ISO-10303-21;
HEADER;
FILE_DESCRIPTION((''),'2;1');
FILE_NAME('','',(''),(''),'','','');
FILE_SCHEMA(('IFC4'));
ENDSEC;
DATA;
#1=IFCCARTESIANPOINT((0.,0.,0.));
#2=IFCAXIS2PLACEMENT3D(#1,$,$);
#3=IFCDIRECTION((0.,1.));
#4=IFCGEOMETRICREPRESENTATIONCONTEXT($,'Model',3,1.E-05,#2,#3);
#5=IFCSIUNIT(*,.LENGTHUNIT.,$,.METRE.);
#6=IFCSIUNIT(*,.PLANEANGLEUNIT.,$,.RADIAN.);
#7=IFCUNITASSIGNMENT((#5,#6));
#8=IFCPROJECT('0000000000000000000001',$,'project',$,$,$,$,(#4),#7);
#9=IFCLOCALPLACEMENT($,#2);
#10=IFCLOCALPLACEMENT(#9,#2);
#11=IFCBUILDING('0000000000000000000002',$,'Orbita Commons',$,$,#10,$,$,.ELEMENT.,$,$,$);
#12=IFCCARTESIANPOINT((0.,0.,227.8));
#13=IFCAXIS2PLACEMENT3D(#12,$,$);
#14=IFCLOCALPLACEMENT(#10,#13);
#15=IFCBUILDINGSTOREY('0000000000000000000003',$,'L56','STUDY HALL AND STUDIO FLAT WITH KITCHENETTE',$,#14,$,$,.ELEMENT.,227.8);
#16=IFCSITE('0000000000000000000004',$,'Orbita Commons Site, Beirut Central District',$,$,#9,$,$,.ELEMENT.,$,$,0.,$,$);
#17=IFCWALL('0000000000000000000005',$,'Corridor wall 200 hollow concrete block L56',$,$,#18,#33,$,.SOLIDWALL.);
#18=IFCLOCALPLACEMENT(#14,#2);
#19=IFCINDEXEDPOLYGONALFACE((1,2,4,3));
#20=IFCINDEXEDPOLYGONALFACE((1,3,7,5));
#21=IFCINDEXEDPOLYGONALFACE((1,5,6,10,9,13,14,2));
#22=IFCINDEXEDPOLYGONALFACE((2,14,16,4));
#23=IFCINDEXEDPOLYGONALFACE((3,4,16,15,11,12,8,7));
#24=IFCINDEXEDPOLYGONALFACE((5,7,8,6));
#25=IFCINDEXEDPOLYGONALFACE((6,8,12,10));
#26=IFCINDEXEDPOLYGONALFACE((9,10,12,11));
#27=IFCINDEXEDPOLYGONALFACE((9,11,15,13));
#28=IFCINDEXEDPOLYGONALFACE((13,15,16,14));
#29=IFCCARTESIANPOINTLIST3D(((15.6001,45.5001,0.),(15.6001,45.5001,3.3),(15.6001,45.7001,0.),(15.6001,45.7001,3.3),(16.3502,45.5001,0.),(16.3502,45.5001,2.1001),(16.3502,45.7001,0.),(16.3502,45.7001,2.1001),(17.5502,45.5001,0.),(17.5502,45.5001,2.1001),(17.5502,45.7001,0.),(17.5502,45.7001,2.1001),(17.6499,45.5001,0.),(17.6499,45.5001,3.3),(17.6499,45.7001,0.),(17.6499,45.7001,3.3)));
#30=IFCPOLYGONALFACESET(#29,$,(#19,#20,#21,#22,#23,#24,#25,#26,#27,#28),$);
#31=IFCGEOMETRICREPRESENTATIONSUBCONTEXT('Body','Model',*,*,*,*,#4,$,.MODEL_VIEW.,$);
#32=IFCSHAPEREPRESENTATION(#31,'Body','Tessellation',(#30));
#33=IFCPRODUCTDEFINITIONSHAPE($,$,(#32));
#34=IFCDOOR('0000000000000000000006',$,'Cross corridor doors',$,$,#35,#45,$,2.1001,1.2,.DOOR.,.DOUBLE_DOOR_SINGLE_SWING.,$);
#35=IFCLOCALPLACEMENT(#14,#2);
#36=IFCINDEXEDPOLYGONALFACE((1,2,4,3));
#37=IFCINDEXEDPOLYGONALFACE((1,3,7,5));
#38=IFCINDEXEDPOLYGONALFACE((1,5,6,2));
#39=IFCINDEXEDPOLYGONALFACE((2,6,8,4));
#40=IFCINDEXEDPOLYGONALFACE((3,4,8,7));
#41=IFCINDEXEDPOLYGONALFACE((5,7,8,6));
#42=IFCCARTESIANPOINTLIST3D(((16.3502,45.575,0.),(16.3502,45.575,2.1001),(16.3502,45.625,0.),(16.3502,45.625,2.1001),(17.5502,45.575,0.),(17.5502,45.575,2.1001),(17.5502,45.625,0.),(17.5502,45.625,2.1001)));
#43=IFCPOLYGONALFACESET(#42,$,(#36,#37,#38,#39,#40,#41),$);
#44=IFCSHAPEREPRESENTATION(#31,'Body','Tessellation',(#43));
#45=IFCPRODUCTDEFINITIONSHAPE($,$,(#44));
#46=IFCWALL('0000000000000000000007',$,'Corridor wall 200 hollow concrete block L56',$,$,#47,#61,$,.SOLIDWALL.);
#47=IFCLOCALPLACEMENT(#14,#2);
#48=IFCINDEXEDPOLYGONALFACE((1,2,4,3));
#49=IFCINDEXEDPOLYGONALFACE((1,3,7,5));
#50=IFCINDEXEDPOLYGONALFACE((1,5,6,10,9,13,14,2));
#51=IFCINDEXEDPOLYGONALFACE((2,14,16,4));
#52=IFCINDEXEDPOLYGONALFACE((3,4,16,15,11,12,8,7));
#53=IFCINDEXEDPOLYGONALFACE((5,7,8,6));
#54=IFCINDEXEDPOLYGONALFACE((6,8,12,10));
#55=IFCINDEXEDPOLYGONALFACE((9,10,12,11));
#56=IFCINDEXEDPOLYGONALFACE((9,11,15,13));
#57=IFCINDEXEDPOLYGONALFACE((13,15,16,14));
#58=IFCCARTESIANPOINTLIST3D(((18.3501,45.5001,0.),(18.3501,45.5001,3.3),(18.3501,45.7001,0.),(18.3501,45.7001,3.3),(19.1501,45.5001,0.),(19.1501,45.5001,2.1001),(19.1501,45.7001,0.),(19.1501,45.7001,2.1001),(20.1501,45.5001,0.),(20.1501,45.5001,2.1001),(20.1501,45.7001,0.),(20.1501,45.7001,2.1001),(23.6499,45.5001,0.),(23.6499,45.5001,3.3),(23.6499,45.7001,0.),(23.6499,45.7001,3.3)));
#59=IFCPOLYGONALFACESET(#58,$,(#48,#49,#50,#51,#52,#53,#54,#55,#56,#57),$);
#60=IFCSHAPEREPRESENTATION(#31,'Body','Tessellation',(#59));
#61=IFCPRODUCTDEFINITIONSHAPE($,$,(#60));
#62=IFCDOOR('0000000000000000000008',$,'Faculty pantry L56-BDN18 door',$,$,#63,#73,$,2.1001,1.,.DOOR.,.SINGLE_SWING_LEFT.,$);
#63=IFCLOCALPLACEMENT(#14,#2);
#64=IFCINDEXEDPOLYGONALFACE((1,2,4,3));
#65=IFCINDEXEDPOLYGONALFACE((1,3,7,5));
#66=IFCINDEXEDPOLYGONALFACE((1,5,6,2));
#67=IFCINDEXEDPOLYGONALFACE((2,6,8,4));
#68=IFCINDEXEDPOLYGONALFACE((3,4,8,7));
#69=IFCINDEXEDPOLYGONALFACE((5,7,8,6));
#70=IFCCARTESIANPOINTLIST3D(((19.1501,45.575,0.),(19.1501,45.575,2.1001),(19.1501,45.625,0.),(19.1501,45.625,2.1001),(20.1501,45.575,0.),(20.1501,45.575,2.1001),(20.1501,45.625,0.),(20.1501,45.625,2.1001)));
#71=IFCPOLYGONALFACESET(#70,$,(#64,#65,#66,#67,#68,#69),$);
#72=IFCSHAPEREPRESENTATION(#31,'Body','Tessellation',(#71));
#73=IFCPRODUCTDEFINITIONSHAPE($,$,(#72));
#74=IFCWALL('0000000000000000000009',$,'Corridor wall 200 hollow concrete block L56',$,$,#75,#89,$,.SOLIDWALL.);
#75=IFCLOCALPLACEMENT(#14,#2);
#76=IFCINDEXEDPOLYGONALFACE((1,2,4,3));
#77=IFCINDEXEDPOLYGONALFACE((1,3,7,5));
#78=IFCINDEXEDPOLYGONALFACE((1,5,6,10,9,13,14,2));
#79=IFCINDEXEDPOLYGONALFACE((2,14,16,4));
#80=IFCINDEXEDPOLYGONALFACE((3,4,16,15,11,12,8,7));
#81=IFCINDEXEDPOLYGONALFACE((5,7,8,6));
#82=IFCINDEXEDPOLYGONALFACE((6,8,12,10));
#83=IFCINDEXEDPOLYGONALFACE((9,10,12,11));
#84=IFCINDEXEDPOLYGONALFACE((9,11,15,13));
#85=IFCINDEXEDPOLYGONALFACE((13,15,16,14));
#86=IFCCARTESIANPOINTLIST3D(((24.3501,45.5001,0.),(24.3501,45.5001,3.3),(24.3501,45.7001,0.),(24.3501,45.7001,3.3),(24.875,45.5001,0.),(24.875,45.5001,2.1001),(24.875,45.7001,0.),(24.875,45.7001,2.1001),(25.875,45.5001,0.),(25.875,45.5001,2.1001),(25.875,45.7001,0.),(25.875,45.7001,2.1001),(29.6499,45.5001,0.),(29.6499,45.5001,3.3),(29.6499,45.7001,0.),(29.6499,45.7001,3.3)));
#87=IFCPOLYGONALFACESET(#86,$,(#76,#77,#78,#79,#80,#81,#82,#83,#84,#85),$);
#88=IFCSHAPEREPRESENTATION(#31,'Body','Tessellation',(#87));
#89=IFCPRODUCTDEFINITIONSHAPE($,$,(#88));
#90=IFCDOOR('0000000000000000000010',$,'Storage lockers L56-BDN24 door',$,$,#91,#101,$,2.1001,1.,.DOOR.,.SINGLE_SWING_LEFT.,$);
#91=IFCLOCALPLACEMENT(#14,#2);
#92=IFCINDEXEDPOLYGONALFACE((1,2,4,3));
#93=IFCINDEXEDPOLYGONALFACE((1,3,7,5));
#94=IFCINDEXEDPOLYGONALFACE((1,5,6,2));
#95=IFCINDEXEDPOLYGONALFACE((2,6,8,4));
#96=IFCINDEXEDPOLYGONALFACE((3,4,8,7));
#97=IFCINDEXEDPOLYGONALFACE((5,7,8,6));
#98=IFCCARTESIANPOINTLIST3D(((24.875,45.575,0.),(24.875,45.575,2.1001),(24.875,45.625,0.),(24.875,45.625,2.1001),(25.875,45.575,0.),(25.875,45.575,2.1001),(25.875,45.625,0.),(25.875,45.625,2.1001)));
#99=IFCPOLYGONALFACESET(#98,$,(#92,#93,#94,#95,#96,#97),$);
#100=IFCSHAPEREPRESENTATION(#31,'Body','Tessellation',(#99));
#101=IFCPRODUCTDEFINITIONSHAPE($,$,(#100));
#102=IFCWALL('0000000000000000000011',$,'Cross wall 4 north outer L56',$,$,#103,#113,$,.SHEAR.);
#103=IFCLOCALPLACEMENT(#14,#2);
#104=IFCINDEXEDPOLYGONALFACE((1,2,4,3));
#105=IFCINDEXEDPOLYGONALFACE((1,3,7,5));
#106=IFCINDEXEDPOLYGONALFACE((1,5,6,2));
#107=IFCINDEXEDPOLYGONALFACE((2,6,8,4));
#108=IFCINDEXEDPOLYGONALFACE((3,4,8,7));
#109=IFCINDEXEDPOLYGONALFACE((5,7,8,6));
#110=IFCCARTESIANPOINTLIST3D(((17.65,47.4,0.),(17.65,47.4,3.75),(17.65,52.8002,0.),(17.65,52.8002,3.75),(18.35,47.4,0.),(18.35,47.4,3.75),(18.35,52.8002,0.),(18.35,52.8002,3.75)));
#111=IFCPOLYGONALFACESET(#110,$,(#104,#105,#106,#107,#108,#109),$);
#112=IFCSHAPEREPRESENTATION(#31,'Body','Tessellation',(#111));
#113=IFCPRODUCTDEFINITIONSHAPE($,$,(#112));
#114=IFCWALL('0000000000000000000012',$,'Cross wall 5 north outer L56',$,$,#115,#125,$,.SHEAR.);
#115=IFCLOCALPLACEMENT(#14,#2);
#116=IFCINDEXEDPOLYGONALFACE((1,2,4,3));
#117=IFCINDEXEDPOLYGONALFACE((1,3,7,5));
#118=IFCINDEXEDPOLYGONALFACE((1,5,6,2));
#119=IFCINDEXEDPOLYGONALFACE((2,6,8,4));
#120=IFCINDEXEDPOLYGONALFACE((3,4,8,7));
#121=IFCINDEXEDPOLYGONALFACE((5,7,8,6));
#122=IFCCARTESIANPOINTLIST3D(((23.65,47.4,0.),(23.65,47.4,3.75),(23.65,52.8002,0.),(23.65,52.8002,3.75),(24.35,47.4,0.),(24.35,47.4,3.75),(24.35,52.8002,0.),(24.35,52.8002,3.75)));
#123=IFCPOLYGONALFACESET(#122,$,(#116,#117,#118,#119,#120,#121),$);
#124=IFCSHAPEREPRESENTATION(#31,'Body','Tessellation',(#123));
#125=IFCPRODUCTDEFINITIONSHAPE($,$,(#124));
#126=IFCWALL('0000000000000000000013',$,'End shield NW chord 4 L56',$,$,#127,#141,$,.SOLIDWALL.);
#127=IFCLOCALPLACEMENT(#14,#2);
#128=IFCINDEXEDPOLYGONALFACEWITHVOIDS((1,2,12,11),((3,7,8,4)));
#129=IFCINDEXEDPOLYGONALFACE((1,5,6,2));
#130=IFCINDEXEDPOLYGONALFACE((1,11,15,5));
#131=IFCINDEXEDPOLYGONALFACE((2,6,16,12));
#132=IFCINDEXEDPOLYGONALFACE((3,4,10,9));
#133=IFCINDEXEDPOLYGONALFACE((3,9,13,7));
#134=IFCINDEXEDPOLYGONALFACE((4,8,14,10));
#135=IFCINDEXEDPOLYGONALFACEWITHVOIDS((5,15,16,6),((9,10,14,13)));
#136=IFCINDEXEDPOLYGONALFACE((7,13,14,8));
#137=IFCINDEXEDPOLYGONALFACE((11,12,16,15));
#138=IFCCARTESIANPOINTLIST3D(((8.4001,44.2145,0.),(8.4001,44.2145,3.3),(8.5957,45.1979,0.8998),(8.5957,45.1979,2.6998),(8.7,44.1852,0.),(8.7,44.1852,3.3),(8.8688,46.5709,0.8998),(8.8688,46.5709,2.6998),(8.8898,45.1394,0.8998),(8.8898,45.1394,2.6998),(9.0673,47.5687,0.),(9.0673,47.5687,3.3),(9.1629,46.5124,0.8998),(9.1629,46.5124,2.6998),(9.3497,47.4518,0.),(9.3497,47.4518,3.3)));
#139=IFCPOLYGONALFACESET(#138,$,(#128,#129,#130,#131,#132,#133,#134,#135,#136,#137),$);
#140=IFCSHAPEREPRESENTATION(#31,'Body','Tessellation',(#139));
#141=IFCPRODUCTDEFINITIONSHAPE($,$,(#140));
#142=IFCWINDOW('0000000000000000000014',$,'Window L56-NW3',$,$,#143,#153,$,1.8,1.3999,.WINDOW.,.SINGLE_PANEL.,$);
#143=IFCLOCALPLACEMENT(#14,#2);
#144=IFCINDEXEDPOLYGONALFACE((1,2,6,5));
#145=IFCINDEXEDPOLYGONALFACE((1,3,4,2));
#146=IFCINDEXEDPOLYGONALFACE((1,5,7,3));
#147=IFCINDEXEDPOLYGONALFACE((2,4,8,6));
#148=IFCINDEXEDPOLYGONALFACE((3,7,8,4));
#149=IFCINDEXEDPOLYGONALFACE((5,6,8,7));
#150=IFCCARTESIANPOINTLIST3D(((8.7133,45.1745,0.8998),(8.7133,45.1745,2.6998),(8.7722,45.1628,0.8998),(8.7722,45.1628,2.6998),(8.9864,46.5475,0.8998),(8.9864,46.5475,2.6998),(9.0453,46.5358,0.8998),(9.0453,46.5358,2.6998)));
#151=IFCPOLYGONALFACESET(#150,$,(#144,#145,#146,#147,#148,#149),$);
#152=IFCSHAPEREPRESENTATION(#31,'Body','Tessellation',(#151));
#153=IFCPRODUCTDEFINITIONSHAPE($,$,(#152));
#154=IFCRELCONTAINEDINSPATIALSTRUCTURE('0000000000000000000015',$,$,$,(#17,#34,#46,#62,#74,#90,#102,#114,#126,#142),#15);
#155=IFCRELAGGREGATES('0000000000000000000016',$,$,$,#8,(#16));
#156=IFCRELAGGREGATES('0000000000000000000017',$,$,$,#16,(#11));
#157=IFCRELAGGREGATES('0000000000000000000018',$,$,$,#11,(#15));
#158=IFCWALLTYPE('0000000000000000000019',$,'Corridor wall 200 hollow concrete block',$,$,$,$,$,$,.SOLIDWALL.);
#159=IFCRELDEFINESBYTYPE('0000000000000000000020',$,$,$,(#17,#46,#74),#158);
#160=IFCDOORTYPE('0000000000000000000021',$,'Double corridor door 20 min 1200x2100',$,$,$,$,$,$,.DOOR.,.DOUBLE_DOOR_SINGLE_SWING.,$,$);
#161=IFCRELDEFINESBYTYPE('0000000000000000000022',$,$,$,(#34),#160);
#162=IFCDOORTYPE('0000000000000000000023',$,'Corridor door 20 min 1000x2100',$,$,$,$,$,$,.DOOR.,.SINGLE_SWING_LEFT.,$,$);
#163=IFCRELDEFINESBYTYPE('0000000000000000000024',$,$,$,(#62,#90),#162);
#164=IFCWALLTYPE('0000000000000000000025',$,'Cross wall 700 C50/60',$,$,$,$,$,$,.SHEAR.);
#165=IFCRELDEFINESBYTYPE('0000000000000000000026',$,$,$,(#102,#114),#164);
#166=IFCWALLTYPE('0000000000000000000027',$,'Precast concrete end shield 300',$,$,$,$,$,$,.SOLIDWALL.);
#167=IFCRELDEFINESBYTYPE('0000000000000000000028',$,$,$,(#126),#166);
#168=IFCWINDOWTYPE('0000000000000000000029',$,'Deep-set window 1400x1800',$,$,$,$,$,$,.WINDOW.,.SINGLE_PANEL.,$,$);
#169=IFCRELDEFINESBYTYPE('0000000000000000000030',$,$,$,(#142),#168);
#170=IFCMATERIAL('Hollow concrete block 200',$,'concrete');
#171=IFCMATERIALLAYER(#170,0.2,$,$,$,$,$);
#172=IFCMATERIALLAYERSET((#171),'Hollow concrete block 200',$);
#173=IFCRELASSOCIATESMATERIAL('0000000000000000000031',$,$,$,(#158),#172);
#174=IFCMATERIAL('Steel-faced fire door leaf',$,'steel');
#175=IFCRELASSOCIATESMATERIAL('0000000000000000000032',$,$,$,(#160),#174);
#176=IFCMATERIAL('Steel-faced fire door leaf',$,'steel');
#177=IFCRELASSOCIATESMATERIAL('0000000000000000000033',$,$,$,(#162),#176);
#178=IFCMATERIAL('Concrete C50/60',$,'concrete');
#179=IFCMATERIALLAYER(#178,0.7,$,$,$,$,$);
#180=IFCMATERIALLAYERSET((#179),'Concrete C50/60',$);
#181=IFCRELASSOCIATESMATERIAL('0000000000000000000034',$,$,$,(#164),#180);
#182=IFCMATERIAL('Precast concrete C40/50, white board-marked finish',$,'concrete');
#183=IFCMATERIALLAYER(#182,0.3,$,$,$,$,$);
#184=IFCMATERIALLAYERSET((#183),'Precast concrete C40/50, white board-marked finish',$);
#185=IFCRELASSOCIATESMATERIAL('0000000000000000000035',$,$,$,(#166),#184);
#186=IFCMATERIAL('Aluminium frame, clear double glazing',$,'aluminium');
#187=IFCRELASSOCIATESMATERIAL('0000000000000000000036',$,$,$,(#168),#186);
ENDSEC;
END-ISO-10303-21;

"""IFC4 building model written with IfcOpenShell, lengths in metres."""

from ifc_helpers import new_model, si_unit, direction, frame, frame_2d, origin, place, context, subcontext, project, spatial, polyline, rectangle, outline, extrude, material, layer, layer_set, type_object, element, fill, save


model = new_model("IFC4")

# Units and contexts
model_context = context("Model", 3, precision=1e-05, world=origin(), true_north=direction((0.0, 1.0)))
body_context = subcontext(model_context, "Body", "Model", "MODEL_VIEW")
ifc_project = project(units=[si_unit("LENGTHUNIT", "METRE"), si_unit("PLANEANGLEUNIT", "RADIAN")], contexts=[model_context])

# Site, building, storey
site_placement = place(None, origin())
site = spatial("IfcSite", under=ifc_project, at=site_placement, Name="Orbita Commons Site, Beirut Central District", CompositionType="ELEMENT", RefElevation=0.0)
building_placement = place(site_placement, origin())
building = spatial("IfcBuilding", under=site, at=building_placement, Name="Orbita Commons", CompositionType="ELEMENT")
storey_placement = place(building_placement, frame((0.0, 0.0, 227.8)))
storey = spatial("IfcBuildingStorey", under=building, at=storey_placement, Name="L56", Description="STUDY HALL AND STUDIO FLAT WITH KITCHENETTE", CompositionType="ELEMENT", Elevation=227.8)

# Walls, openings, doors
ifc_material_1 = material(Name="Hollow concrete block 200", Category="concrete")
ifc_layer_1 = layer(ifc_material_1, 0.2)
ifc_layer_set_1 = layer_set([ifc_layer_1], Name="Hollow concrete block 200")
wall_type_1 = type_object("IfcWallType", Name="Corridor wall 200 hollow concrete block", PredefinedType="SOLIDWALL", material=ifc_layer_set_1)
wall_1_placement = place(storey_placement, frame((15.6001, 45.6001, 0.0), z_axis=(0.0, 0.0, 1.0), x_axis=(1.0, 0.0, 0.0)))
wall_1 = element("IfcWall", 1, at=wall_1_placement, inside=storey, type_object=wall_type_1, Name="Corridor wall 200 hollow concrete block L56", PredefinedType="SOLIDWALL", context=body_context, shape_type="SweptSolid", body=[
    extrude(rectangle(XDim=2.0498, YDim=0.2, at=frame_2d((1.0249, 0.0))), origin(), (0.0, 0.0, 1.0), 3.3),
])
opening_1_placement = place(wall_1_placement, frame((0.75, 0.0, 0.0)))
opening_1 = element("IfcOpeningElement", 2, at=opening_1_placement, cuts=wall_1, PredefinedType="OPENING", context=body_context, shape_type="SweptSolid", body=[
    extrude(rectangle(XDim=1.2, YDim=2.1001, at=frame_2d((0.6001, 1.05))), frame((0.0, 0.1099, 0.0), z_axis=(0.0, -1.0, 0.0), x_axis=(1.0, 0.0, 0.0)), (0.0, 0.0, 1.0), 0.22),
])
ifc_material_2 = material(Name="Steel-faced fire door leaf", Category="steel")
door_type_1 = type_object("IfcDoorType", Name="Double corridor door 20 min 1200x2100", OperationType="DOUBLE_DOOR_SINGLE_SWING", PredefinedType="DOOR", material=ifc_material_2)
door_1_placement = place(opening_1_placement, origin())
door_1 = element("IfcDoor", 3, at=door_1_placement, inside=storey, type_object=door_type_1, Name="Cross corridor doors", OperationType="DOUBLE_DOOR_SINGLE_SWING", OverallHeight=2.1001, OverallWidth=1.2, PredefinedType="DOOR", context=body_context, shape_type="SweptSolid", body=[
    extrude(rectangle(XDim=1.2, YDim=2.1001, at=frame_2d((0.6001, 1.05))), frame((0.0, 0.0249, 0.0), z_axis=(0.0, -1.0, 0.0), x_axis=(1.0, 0.0, 0.0)), (0.0, 0.0, 1.0), 0.05),
])
fill(opening_1, door_1)
wall_2_placement = place(storey_placement, frame((18.3501, 45.6001, 0.0), z_axis=(0.0, 0.0, 1.0), x_axis=(1.0, 0.0, 0.0)))
wall_2 = element("IfcWall", 4, at=wall_2_placement, inside=storey, type_object=wall_type_1, Name="Corridor wall 200 hollow concrete block L56", PredefinedType="SOLIDWALL", context=body_context, shape_type="SweptSolid", body=[
    extrude(rectangle(XDim=5.2998, YDim=0.2, at=frame_2d((2.6499, 0.0))), origin(), (0.0, 0.0, 1.0), 3.3),
])
opening_2_placement = place(wall_2_placement, frame((0.8, 0.0, 0.0)))
opening_2 = element("IfcOpeningElement", 5, at=opening_2_placement, cuts=wall_2, PredefinedType="OPENING", context=body_context, shape_type="SweptSolid", body=[
    extrude(rectangle(XDim=1.0, YDim=2.1001, at=frame_2d((0.5, 1.05))), frame((0.0, 0.1099, 0.0), z_axis=(0.0, -1.0, 0.0), x_axis=(1.0, 0.0, 0.0)), (0.0, 0.0, 1.0), 0.22),
])
ifc_material_3 = material(Name="Steel-faced fire door leaf", Category="steel")
door_type_2 = type_object("IfcDoorType", Name="Corridor door 20 min 1000x2100", OperationType="SINGLE_SWING_LEFT", PredefinedType="DOOR", material=ifc_material_3)
door_2_placement = place(opening_2_placement, origin())
door_2 = element("IfcDoor", 6, at=door_2_placement, inside=storey, type_object=door_type_2, Name="Faculty pantry L56-BDN18 door", OperationType="SINGLE_SWING_LEFT", OverallHeight=2.1001, OverallWidth=1.0, PredefinedType="DOOR", context=body_context, shape_type="SweptSolid", body=[
    extrude(rectangle(XDim=1.0, YDim=2.1001, at=frame_2d((0.5, 1.05))), frame((0.0, 0.0249, 0.0), z_axis=(0.0, -1.0, 0.0), x_axis=(1.0, 0.0, 0.0)), (0.0, 0.0, 1.0), 0.05),
])
fill(opening_2, door_2)
wall_3_placement = place(storey_placement, frame((24.3501, 45.6001, 0.0), z_axis=(0.0, 0.0, 1.0), x_axis=(1.0, 0.0, 0.0)))
wall_3 = element("IfcWall", 7, at=wall_3_placement, inside=storey, type_object=wall_type_1, Name="Corridor wall 200 hollow concrete block L56", PredefinedType="SOLIDWALL", context=body_context, shape_type="SweptSolid", body=[
    extrude(rectangle(XDim=5.2998, YDim=0.2, at=frame_2d((2.6499, 0.0))), origin(), (0.0, 0.0, 1.0), 3.3),
])
opening_3_placement = place(wall_3_placement, frame((0.5249, 0.0, 0.0)))
opening_3 = element("IfcOpeningElement", 8, at=opening_3_placement, cuts=wall_3, PredefinedType="OPENING", context=body_context, shape_type="SweptSolid", body=[
    extrude(rectangle(XDim=1.0, YDim=2.1001, at=frame_2d((0.5, 1.05))), frame((0.0, 0.1099, 0.0), z_axis=(0.0, -1.0, 0.0), x_axis=(1.0, 0.0, 0.0)), (0.0, 0.0, 1.0), 0.22),
])
door_3_placement = place(opening_3_placement, origin())
door_3 = element("IfcDoor", 9, at=door_3_placement, inside=storey, type_object=door_type_2, Name="Storage lockers L56-BDN24 door", OperationType="SINGLE_SWING_LEFT", OverallHeight=2.1001, OverallWidth=1.0, PredefinedType="DOOR", context=body_context, shape_type="SweptSolid", body=[
    extrude(rectangle(XDim=1.0, YDim=2.1001, at=frame_2d((0.5, 1.05))), frame((0.0, 0.0249, 0.0), z_axis=(0.0, -1.0, 0.0), x_axis=(1.0, 0.0, 0.0)), (0.0, 0.0, 1.0), 0.05),
])
fill(opening_3, door_3)

# Walls
ifc_material_4 = material(Name="Concrete C50/60", Category="concrete")
ifc_layer_2 = layer(ifc_material_4, 0.7)
ifc_layer_set_2 = layer_set([ifc_layer_2], Name="Concrete C50/60")
wall_type_2 = type_object("IfcWallType", Name="Cross wall 700 C50/60", PredefinedType="SHEAR", material=ifc_layer_set_2)
for number, where, z_axis, x_axis, name in (
    (10, (18.0, 47.3999, 0.0), (0.0, 0.0, 1.0), (0.0, 1.0, 0.0), "Cross wall 4 north outer L56"),
    (11, (24.0, 47.3999, 0.0), (0.0, 0.0, 1.0), (0.0, 1.0, 0.0), "Cross wall 5 north outer L56"),
):
    element("IfcWall", number, at=place(storey_placement, frame(where, z_axis=z_axis, x_axis=x_axis)), inside=storey, type_object=wall_type_2, Name=name, PredefinedType="SHEAR", context=body_context, shape_type="SweptSolid", body=[
        extrude(rectangle(XDim=5.4001, YDim=0.7, at=frame_2d((2.7002, 0.0))), origin(), (0.0, 0.0, 1.0), 3.75),
    ])

# Wall, opening, window
ifc_material_5 = material(Name="Precast concrete C40/50, white board-marked finish", Category="concrete")
ifc_layer_3 = layer(ifc_material_5, 0.3)
ifc_layer_set_3 = layer_set([ifc_layer_3], Name="Precast concrete C40/50, white board-marked finish")
wall_type_3 = type_object("IfcWallType", Name="Precast concrete end shield 300", PredefinedType="SOLIDWALL", material=ifc_layer_set_3)
wall_4_placement = place(storey_placement, frame((9.2085, 47.5103, 0.0), z_axis=(0.0, 0.0, 1.0), x_axis=(-0.195087, -0.980786, 0.0)))
wall_4 = element("IfcWall", 12, at=wall_4_placement, inside=storey, type_object=wall_type_3, Name="End shield NW chord 4 L56", PredefinedType="SOLIDWALL", context=body_context, shape_type="SweptSolid", body=[
    extrude(outline(polyline([(-0.0298, -0.1499), (3.3901, -0.1499), (3.3604, 0.1499), (0.0298, 0.1499), (-0.0298, -0.1499)])), origin(), (0.0, 0.0, 1.0), 3.3),
])
opening_4_placement = place(wall_4_placement, frame((0.9875, 0.0, 0.8999)))
opening_4 = element("IfcOpeningElement", 13, at=opening_4_placement, cuts=wall_4, PredefinedType="OPENING", context=body_context, shape_type="SweptSolid", body=[
    extrude(rectangle(XDim=1.3999, YDim=1.8, at=frame_2d((0.7, 0.8999))), frame((0.0, 0.1599, 0.0), z_axis=(0.0, -1.0, 0.0), x_axis=(1.0, 0.0, 0.0)), (0.0, 0.0, 1.0), 0.3201),
])
ifc_material_6 = material(Name="Aluminium frame, clear double glazing", Category="aluminium")
window_type = type_object("IfcWindowType", Name="Deep-set window 1400x1800", PartitioningType="SINGLE_PANEL", PredefinedType="WINDOW", material=ifc_material_6)
window_placement = place(opening_4_placement, origin())
window = element("IfcWindow", 14, at=window_placement, inside=storey, type_object=window_type, Name="Window L56-NW3", OverallHeight=1.8, OverallWidth=1.3999, PartitioningType="SINGLE_PANEL", PredefinedType="WINDOW", context=body_context, shape_type="SweptSolid", body=[
    extrude(rectangle(XDim=1.3999, YDim=1.8, at=frame_2d((0.7, 0.8999))), frame((0.0, 0.03, 0.0), z_axis=(0.0, -1.0, 0.0), x_axis=(1.0, 0.0, 0.0)), (0.0, 0.0, 1.0), 0.0601),
])
fill(opening_4, window)

save(model, "model.ifc")
